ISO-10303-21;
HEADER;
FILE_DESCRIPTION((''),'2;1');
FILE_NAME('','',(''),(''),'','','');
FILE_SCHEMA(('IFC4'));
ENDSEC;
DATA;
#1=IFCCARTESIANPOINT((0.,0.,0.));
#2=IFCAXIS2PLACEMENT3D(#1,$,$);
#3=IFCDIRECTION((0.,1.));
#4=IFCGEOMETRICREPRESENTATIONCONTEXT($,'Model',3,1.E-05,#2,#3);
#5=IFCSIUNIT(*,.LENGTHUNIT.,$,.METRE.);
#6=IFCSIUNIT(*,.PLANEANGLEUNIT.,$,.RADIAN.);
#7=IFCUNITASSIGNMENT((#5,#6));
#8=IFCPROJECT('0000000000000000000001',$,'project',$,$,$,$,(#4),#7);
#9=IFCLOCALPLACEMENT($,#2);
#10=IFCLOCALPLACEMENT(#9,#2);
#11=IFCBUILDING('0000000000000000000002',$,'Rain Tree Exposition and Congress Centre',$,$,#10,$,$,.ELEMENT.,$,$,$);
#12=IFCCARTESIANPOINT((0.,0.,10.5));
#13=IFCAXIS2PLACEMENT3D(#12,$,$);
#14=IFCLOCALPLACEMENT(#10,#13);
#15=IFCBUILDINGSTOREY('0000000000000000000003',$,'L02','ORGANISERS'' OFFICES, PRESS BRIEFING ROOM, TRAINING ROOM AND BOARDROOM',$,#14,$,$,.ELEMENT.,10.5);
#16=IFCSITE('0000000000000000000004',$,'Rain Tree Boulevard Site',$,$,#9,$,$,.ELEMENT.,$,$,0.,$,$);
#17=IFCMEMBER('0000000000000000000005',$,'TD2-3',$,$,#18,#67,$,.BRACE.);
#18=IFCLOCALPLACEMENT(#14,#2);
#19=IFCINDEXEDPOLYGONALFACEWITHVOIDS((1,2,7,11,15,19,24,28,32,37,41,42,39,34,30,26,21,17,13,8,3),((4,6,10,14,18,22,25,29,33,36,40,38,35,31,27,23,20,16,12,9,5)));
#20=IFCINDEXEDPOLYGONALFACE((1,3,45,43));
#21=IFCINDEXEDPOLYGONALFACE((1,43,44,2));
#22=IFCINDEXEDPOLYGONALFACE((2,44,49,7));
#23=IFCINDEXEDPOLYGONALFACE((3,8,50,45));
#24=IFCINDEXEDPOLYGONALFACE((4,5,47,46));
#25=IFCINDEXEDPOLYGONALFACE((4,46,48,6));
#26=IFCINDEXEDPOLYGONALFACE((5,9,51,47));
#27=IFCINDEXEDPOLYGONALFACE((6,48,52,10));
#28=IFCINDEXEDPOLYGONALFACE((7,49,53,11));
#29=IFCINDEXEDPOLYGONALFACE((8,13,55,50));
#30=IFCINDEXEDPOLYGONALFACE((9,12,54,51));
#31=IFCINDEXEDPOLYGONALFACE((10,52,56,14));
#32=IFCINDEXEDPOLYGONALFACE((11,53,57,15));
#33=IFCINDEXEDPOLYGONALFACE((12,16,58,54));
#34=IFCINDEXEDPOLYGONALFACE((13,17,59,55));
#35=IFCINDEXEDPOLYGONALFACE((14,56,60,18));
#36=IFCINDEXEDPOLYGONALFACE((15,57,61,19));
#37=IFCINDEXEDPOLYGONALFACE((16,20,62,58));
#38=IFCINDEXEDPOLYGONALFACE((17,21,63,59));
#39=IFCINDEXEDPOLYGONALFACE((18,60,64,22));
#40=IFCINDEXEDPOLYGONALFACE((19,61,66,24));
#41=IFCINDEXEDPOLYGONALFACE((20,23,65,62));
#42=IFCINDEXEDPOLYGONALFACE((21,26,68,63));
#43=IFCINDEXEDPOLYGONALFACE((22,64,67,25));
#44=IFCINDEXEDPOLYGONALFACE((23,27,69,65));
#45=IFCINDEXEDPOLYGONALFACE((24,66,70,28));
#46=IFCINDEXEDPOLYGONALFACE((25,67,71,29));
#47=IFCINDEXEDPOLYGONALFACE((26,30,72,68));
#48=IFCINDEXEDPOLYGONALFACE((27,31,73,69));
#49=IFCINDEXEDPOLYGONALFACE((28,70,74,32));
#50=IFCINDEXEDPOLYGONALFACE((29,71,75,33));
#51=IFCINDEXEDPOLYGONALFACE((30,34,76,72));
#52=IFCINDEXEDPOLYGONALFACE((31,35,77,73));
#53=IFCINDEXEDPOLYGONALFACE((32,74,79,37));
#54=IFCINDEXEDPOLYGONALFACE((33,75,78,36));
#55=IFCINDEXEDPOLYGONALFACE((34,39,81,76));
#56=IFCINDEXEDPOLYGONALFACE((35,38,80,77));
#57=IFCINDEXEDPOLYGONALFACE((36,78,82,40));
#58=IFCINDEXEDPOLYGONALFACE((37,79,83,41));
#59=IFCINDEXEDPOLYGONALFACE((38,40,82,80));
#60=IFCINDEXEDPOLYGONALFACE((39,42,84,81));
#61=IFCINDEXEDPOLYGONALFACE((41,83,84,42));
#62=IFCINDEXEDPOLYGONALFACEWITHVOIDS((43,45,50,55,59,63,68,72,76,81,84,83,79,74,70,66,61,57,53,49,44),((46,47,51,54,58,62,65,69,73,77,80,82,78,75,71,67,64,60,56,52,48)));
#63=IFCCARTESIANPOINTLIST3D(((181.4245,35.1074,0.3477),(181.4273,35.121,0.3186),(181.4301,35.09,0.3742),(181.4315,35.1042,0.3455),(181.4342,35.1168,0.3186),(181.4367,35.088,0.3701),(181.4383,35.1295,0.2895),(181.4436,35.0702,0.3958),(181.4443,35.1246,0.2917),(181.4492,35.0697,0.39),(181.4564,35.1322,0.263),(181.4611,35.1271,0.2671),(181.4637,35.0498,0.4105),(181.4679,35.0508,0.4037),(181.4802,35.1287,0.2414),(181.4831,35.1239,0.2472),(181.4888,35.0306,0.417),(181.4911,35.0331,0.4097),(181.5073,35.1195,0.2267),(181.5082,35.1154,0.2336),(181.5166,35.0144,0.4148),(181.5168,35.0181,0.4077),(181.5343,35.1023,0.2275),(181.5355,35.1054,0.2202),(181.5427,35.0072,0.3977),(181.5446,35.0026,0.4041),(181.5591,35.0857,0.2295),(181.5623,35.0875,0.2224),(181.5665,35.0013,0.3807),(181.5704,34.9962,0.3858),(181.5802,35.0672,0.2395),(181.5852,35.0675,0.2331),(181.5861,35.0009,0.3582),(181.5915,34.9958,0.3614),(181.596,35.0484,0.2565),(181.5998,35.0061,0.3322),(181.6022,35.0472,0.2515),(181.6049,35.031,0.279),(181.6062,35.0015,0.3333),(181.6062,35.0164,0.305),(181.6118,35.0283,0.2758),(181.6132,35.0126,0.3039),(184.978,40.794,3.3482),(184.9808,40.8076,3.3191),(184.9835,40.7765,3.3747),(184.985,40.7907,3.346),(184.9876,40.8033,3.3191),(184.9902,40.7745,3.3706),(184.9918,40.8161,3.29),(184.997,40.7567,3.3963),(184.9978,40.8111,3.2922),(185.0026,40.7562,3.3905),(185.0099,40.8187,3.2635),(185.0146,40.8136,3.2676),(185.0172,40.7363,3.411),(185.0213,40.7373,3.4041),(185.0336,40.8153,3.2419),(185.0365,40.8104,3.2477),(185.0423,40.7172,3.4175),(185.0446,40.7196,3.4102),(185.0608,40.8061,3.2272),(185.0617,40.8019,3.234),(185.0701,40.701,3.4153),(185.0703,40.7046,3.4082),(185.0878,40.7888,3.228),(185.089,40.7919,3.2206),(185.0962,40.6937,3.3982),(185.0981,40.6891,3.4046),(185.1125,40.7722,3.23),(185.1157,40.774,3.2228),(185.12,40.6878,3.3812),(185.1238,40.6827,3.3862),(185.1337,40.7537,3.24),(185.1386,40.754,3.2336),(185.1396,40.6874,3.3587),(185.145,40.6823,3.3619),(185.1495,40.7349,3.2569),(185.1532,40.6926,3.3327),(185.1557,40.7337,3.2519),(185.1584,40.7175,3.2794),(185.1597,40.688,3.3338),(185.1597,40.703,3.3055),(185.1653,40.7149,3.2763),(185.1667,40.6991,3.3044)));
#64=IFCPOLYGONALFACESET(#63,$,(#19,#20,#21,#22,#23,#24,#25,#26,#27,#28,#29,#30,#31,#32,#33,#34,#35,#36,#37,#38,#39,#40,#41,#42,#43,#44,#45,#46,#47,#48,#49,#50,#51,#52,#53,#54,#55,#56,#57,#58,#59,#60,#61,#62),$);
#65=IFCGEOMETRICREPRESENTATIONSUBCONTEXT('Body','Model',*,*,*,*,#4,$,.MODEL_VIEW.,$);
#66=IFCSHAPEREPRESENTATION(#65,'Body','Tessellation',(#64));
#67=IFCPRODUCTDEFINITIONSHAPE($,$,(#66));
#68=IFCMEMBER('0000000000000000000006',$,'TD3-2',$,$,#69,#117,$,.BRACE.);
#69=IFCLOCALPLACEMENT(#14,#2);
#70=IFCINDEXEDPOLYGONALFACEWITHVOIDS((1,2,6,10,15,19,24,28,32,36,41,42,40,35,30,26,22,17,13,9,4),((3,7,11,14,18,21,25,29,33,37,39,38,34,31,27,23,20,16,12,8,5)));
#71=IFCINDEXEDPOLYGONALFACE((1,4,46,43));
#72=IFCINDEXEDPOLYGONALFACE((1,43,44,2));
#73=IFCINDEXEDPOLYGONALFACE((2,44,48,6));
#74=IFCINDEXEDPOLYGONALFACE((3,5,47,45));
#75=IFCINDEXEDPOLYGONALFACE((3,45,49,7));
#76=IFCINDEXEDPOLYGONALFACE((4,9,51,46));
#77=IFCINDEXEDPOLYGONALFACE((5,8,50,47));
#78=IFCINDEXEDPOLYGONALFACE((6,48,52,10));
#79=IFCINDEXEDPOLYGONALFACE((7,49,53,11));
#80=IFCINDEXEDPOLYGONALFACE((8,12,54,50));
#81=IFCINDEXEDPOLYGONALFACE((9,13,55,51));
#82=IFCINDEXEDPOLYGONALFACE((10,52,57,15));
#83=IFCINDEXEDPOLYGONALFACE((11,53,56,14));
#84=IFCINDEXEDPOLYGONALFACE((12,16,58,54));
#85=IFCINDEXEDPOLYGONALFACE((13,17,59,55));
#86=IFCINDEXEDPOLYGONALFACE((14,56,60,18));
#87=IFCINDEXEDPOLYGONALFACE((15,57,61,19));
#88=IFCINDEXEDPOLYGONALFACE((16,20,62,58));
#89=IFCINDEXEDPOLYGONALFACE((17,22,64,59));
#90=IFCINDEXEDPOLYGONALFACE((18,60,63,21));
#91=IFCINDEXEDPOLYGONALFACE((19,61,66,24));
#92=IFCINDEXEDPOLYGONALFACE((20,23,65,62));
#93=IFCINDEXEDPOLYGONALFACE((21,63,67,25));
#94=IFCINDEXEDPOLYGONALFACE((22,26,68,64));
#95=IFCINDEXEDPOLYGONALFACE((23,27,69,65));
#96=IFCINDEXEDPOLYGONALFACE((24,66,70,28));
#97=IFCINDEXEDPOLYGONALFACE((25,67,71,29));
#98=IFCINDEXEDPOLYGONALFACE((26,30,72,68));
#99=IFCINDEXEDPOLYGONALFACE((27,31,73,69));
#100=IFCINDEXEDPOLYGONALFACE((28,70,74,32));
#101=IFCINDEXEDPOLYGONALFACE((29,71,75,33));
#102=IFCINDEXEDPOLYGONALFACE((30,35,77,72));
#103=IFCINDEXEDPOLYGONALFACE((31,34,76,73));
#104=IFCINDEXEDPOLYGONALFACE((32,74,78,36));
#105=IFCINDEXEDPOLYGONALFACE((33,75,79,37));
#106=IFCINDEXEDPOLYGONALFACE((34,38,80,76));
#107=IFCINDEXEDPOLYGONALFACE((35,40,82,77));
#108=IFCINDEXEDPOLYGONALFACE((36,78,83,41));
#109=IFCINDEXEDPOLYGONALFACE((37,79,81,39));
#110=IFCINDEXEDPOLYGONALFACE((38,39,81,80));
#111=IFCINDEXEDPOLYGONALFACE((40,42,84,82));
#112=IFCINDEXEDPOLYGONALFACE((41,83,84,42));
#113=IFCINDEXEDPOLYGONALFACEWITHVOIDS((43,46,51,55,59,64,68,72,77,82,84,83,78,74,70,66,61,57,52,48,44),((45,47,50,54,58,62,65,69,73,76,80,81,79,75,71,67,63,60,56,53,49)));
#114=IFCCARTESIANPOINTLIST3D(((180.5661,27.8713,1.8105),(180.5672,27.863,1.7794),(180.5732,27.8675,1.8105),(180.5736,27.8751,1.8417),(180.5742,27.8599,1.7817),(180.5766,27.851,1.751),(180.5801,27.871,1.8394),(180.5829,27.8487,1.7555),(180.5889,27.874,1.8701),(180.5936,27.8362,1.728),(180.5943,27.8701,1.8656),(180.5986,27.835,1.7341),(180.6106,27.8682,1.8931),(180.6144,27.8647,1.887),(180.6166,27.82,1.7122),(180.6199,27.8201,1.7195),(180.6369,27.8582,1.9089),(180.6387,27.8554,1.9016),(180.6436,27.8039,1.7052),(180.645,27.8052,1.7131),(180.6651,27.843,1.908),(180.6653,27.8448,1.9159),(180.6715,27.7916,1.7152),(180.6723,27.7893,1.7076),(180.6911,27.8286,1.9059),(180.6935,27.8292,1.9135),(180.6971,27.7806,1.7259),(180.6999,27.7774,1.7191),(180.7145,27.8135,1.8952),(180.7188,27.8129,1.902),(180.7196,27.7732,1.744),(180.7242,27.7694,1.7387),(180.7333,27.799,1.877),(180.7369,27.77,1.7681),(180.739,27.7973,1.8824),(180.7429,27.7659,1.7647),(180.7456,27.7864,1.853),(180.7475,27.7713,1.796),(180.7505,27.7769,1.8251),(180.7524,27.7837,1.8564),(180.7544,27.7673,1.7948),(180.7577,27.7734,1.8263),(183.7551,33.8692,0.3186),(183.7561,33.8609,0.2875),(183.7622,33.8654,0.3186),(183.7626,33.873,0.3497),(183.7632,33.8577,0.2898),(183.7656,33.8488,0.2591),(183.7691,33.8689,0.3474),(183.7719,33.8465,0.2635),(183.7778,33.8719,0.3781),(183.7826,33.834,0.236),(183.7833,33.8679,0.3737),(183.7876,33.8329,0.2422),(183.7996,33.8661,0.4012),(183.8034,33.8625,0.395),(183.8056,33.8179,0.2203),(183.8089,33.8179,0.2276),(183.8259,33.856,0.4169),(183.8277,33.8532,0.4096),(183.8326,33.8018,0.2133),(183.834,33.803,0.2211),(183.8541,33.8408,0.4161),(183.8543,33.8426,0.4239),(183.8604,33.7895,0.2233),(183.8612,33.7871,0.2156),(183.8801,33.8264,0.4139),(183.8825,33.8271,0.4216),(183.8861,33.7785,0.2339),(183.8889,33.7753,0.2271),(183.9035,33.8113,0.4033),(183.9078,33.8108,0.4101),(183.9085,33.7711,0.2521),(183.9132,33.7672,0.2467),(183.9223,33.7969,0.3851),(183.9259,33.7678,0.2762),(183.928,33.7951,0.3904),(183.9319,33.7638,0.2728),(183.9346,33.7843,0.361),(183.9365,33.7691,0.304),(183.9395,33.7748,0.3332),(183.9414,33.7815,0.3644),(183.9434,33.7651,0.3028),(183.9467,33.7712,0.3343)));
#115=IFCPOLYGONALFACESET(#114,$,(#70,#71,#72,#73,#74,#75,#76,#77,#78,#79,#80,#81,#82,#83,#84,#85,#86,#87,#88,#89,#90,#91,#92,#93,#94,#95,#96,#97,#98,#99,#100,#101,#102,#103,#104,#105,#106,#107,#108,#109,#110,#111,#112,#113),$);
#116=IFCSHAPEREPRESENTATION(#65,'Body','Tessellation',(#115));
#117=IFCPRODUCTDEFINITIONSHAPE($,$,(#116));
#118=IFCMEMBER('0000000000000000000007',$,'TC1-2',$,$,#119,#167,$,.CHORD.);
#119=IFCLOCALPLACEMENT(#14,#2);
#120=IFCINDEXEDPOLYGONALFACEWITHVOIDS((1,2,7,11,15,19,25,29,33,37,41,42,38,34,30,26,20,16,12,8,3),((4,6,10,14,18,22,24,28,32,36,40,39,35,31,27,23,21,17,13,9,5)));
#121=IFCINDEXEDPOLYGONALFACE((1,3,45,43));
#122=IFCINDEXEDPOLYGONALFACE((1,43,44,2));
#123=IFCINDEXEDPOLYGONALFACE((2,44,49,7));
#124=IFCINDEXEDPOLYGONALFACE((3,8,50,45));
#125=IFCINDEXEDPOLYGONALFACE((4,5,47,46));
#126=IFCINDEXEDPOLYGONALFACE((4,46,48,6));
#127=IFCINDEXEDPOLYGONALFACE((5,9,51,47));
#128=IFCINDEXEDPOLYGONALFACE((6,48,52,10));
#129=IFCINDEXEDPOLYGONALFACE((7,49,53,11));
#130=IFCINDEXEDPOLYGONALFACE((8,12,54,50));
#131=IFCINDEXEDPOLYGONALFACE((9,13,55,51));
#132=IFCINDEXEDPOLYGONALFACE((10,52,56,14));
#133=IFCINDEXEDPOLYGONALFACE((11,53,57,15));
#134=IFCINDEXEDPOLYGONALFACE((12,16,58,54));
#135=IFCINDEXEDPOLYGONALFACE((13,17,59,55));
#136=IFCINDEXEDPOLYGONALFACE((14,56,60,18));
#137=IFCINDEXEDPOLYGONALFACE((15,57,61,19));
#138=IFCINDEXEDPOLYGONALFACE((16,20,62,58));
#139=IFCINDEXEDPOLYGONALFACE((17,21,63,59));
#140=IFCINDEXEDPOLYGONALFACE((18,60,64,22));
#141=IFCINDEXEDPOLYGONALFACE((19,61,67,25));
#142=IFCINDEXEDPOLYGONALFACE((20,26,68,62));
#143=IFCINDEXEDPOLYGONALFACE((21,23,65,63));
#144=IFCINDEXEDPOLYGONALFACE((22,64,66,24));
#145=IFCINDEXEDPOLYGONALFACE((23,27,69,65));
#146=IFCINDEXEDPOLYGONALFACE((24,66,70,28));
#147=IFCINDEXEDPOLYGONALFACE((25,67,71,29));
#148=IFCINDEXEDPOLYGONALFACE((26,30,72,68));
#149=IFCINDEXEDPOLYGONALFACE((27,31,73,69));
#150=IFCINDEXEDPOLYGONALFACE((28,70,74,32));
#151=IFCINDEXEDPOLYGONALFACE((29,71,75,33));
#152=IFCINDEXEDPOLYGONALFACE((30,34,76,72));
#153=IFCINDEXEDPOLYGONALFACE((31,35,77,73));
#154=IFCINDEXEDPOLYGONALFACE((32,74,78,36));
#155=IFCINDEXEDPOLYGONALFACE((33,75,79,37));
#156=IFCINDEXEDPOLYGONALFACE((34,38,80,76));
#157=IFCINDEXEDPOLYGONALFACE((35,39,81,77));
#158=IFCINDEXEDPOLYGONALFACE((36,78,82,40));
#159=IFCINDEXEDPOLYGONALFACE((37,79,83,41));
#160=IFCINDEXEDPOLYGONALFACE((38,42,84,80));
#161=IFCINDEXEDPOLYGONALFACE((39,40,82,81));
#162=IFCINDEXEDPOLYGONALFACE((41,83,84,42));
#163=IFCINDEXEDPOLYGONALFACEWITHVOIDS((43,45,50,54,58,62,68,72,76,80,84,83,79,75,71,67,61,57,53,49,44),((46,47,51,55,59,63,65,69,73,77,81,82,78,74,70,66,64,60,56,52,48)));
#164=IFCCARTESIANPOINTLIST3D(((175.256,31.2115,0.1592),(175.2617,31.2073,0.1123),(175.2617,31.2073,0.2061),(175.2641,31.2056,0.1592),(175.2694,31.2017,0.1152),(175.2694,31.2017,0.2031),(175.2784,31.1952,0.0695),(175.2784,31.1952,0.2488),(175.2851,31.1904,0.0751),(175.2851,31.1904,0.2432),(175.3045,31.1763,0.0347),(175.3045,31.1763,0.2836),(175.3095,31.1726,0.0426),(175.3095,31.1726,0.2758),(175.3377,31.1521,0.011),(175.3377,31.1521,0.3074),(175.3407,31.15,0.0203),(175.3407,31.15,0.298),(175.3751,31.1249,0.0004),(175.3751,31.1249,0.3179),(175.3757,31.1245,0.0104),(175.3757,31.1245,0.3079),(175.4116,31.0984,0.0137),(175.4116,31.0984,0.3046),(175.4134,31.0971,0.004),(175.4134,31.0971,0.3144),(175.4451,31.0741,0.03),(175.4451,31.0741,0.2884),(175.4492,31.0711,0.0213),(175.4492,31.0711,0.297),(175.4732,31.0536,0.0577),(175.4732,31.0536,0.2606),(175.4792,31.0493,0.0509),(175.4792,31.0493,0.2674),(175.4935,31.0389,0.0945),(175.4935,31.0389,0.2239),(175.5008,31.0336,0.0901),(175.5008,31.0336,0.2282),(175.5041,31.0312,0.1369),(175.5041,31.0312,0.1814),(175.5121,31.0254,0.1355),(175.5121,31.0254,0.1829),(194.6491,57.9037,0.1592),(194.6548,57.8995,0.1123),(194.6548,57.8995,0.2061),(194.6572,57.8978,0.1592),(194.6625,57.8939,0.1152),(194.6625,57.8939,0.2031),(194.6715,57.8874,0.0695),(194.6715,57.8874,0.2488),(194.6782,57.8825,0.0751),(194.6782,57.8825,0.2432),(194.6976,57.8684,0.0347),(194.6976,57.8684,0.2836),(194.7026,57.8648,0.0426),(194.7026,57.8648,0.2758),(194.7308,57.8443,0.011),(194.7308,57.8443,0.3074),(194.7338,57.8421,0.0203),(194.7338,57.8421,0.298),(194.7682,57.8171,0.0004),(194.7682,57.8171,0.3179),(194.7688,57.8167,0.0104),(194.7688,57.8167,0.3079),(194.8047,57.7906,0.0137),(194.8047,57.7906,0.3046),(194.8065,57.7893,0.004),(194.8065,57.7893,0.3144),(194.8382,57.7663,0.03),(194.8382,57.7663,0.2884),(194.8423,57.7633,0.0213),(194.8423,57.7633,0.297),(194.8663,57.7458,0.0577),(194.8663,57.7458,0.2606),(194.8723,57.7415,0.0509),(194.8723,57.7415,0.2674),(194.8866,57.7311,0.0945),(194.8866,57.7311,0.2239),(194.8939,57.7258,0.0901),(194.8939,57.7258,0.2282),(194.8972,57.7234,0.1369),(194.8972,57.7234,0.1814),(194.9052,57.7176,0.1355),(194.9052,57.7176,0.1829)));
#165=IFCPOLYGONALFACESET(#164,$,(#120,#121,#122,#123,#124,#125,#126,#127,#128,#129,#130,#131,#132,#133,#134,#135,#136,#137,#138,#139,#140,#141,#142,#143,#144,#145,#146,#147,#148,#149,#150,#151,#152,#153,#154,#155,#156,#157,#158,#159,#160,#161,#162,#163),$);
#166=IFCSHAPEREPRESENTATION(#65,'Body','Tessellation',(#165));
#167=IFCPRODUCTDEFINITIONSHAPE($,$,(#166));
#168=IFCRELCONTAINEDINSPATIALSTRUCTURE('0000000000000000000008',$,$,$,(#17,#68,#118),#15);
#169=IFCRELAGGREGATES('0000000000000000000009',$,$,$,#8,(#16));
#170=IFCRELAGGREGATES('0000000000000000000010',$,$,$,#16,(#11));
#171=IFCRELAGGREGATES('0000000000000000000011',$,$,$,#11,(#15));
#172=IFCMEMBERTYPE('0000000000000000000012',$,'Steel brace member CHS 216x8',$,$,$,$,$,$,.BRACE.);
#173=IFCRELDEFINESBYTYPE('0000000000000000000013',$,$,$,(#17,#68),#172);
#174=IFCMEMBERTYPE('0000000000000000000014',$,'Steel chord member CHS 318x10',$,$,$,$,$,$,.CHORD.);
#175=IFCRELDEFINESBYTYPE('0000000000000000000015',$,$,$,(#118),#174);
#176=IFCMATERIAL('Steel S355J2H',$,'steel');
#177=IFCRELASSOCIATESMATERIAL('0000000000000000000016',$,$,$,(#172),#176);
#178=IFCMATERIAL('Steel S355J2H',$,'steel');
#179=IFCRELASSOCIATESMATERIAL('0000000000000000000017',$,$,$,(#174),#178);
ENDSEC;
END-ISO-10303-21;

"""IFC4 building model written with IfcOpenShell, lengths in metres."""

from ifc_helpers import new_model, si_unit, direction, frame, origin, origin_2d, place, context, subcontext, project, spatial, hollow_circle, extrude, material, material_profile, profile_set, type_object, element, save


model = new_model("IFC4")

# Units and contexts
model_context = context("Model", 3, precision=1e-05, world=origin(), true_north=direction((0.0, 1.0)))
body_context = subcontext(model_context, "Body", "Model", "MODEL_VIEW")
ifc_project = project(units=[si_unit("LENGTHUNIT", "METRE"), si_unit("PLANEANGLEUNIT", "RADIAN")], contexts=[model_context])

# Site, building, storey
site_placement = place(None, origin())
site = spatial("IfcSite", under=ifc_project, at=site_placement, Name="Rain Tree Boulevard Site", CompositionType="ELEMENT", RefElevation=0.0)
building_placement = place(site_placement, origin())
building = spatial("IfcBuilding", under=site, at=building_placement, Name="Rain Tree Exposition and Congress Centre", CompositionType="ELEMENT")
storey_placement = place(building_placement, frame((0.0, 0.0, 10.5)))
storey = spatial("IfcBuildingStorey", under=building, at=storey_placement, Name="L02", Description="ORGANISERS' OFFICES, PRESS BRIEFING ROOM, TRAINING ROOM AND BOARDROOM", CompositionType="ELEMENT", Elevation=10.5)

# Members
ifc_material_1 = material(Name="Steel S355J2H", Category="steel")
ifc_material_profile_1 = material_profile(ifc_material_1, hollow_circle(Radius=0.1082, WallThickness=0.0081, at=origin_2d()), Name="CHS 216x8")
ifc_profile_set_1 = profile_set([ifc_material_profile_1], Name="Steel S355J2H")
member_type_1 = type_object("IfcMemberType", Name="Steel brace member CHS 216x8", PredefinedType="BRACE", material=ifc_profile_set_1)
member_1_placement = place(storey_placement, frame((181.519, 35.0637, 0.3186), z_axis=(0.483715, 0.774077, 0.408441), x_axis=(-0.848039, 0.529933, 0.0)))
element("IfcMember", 1, at=member_1_placement, inside=storey, type_object=member_type_1, Name="TD2-3", PredefinedType="BRACE", context=body_context, shape_type="SweptSolid", body=[
    extrude(hollow_circle(Radius=0.1082, WallThickness=0.0081, at=origin_2d()), origin(), (0.0, 0.0, 1.0), 7.3462),
])
member_2_placement = place(storey_placement, frame((180.6616, 27.8206, 1.8105), z_axis=(0.458528, 0.862399, -0.21452), x_axis=(-0.882955, 0.469457, 0.0)))
element("IfcMember", 2, at=member_2_placement, inside=storey, type_object=member_type_1, Name="TD3-2", PredefinedType="BRACE", context=body_context, shape_type="SweptSolid", body=[
    extrude(hollow_circle(Radius=0.1082, WallThickness=0.0081, at=origin_2d()), origin(), (0.0, 0.0, 1.0), 6.9548),
])
ifc_material_2 = material(Name="Steel S355J2H", Category="steel")
ifc_material_profile_2 = material_profile(ifc_material_2, hollow_circle(Radius=0.1592, WallThickness=0.01, at=origin_2d()), Name="CHS 318x10")
ifc_profile_set_2 = profile_set([ifc_material_profile_2], Name="Steel S355J2H")
member_type_2 = type_object("IfcMemberType", Name="Steel chord member CHS 318x10", PredefinedType="CHORD", material=ifc_profile_set_2)
member_3_placement = place(storey_placement, frame((175.3848, 31.1179, 0.1592), z_axis=(0.587787, 0.809016, 0.0), x_axis=(-0.809016, 0.587787, 0.0)))
element("IfcMember", 3, at=member_3_placement, inside=storey, type_object=member_type_2, Name="TC1-2", PredefinedType="CHORD", context=body_context, shape_type="SweptSolid", body=[
    extrude(hollow_circle(Radius=0.1592, WallThickness=0.01, at=origin_2d()), origin(), (0.0, 0.0, 1.0), 32.9934),
])

save(model, "model.ifc")
